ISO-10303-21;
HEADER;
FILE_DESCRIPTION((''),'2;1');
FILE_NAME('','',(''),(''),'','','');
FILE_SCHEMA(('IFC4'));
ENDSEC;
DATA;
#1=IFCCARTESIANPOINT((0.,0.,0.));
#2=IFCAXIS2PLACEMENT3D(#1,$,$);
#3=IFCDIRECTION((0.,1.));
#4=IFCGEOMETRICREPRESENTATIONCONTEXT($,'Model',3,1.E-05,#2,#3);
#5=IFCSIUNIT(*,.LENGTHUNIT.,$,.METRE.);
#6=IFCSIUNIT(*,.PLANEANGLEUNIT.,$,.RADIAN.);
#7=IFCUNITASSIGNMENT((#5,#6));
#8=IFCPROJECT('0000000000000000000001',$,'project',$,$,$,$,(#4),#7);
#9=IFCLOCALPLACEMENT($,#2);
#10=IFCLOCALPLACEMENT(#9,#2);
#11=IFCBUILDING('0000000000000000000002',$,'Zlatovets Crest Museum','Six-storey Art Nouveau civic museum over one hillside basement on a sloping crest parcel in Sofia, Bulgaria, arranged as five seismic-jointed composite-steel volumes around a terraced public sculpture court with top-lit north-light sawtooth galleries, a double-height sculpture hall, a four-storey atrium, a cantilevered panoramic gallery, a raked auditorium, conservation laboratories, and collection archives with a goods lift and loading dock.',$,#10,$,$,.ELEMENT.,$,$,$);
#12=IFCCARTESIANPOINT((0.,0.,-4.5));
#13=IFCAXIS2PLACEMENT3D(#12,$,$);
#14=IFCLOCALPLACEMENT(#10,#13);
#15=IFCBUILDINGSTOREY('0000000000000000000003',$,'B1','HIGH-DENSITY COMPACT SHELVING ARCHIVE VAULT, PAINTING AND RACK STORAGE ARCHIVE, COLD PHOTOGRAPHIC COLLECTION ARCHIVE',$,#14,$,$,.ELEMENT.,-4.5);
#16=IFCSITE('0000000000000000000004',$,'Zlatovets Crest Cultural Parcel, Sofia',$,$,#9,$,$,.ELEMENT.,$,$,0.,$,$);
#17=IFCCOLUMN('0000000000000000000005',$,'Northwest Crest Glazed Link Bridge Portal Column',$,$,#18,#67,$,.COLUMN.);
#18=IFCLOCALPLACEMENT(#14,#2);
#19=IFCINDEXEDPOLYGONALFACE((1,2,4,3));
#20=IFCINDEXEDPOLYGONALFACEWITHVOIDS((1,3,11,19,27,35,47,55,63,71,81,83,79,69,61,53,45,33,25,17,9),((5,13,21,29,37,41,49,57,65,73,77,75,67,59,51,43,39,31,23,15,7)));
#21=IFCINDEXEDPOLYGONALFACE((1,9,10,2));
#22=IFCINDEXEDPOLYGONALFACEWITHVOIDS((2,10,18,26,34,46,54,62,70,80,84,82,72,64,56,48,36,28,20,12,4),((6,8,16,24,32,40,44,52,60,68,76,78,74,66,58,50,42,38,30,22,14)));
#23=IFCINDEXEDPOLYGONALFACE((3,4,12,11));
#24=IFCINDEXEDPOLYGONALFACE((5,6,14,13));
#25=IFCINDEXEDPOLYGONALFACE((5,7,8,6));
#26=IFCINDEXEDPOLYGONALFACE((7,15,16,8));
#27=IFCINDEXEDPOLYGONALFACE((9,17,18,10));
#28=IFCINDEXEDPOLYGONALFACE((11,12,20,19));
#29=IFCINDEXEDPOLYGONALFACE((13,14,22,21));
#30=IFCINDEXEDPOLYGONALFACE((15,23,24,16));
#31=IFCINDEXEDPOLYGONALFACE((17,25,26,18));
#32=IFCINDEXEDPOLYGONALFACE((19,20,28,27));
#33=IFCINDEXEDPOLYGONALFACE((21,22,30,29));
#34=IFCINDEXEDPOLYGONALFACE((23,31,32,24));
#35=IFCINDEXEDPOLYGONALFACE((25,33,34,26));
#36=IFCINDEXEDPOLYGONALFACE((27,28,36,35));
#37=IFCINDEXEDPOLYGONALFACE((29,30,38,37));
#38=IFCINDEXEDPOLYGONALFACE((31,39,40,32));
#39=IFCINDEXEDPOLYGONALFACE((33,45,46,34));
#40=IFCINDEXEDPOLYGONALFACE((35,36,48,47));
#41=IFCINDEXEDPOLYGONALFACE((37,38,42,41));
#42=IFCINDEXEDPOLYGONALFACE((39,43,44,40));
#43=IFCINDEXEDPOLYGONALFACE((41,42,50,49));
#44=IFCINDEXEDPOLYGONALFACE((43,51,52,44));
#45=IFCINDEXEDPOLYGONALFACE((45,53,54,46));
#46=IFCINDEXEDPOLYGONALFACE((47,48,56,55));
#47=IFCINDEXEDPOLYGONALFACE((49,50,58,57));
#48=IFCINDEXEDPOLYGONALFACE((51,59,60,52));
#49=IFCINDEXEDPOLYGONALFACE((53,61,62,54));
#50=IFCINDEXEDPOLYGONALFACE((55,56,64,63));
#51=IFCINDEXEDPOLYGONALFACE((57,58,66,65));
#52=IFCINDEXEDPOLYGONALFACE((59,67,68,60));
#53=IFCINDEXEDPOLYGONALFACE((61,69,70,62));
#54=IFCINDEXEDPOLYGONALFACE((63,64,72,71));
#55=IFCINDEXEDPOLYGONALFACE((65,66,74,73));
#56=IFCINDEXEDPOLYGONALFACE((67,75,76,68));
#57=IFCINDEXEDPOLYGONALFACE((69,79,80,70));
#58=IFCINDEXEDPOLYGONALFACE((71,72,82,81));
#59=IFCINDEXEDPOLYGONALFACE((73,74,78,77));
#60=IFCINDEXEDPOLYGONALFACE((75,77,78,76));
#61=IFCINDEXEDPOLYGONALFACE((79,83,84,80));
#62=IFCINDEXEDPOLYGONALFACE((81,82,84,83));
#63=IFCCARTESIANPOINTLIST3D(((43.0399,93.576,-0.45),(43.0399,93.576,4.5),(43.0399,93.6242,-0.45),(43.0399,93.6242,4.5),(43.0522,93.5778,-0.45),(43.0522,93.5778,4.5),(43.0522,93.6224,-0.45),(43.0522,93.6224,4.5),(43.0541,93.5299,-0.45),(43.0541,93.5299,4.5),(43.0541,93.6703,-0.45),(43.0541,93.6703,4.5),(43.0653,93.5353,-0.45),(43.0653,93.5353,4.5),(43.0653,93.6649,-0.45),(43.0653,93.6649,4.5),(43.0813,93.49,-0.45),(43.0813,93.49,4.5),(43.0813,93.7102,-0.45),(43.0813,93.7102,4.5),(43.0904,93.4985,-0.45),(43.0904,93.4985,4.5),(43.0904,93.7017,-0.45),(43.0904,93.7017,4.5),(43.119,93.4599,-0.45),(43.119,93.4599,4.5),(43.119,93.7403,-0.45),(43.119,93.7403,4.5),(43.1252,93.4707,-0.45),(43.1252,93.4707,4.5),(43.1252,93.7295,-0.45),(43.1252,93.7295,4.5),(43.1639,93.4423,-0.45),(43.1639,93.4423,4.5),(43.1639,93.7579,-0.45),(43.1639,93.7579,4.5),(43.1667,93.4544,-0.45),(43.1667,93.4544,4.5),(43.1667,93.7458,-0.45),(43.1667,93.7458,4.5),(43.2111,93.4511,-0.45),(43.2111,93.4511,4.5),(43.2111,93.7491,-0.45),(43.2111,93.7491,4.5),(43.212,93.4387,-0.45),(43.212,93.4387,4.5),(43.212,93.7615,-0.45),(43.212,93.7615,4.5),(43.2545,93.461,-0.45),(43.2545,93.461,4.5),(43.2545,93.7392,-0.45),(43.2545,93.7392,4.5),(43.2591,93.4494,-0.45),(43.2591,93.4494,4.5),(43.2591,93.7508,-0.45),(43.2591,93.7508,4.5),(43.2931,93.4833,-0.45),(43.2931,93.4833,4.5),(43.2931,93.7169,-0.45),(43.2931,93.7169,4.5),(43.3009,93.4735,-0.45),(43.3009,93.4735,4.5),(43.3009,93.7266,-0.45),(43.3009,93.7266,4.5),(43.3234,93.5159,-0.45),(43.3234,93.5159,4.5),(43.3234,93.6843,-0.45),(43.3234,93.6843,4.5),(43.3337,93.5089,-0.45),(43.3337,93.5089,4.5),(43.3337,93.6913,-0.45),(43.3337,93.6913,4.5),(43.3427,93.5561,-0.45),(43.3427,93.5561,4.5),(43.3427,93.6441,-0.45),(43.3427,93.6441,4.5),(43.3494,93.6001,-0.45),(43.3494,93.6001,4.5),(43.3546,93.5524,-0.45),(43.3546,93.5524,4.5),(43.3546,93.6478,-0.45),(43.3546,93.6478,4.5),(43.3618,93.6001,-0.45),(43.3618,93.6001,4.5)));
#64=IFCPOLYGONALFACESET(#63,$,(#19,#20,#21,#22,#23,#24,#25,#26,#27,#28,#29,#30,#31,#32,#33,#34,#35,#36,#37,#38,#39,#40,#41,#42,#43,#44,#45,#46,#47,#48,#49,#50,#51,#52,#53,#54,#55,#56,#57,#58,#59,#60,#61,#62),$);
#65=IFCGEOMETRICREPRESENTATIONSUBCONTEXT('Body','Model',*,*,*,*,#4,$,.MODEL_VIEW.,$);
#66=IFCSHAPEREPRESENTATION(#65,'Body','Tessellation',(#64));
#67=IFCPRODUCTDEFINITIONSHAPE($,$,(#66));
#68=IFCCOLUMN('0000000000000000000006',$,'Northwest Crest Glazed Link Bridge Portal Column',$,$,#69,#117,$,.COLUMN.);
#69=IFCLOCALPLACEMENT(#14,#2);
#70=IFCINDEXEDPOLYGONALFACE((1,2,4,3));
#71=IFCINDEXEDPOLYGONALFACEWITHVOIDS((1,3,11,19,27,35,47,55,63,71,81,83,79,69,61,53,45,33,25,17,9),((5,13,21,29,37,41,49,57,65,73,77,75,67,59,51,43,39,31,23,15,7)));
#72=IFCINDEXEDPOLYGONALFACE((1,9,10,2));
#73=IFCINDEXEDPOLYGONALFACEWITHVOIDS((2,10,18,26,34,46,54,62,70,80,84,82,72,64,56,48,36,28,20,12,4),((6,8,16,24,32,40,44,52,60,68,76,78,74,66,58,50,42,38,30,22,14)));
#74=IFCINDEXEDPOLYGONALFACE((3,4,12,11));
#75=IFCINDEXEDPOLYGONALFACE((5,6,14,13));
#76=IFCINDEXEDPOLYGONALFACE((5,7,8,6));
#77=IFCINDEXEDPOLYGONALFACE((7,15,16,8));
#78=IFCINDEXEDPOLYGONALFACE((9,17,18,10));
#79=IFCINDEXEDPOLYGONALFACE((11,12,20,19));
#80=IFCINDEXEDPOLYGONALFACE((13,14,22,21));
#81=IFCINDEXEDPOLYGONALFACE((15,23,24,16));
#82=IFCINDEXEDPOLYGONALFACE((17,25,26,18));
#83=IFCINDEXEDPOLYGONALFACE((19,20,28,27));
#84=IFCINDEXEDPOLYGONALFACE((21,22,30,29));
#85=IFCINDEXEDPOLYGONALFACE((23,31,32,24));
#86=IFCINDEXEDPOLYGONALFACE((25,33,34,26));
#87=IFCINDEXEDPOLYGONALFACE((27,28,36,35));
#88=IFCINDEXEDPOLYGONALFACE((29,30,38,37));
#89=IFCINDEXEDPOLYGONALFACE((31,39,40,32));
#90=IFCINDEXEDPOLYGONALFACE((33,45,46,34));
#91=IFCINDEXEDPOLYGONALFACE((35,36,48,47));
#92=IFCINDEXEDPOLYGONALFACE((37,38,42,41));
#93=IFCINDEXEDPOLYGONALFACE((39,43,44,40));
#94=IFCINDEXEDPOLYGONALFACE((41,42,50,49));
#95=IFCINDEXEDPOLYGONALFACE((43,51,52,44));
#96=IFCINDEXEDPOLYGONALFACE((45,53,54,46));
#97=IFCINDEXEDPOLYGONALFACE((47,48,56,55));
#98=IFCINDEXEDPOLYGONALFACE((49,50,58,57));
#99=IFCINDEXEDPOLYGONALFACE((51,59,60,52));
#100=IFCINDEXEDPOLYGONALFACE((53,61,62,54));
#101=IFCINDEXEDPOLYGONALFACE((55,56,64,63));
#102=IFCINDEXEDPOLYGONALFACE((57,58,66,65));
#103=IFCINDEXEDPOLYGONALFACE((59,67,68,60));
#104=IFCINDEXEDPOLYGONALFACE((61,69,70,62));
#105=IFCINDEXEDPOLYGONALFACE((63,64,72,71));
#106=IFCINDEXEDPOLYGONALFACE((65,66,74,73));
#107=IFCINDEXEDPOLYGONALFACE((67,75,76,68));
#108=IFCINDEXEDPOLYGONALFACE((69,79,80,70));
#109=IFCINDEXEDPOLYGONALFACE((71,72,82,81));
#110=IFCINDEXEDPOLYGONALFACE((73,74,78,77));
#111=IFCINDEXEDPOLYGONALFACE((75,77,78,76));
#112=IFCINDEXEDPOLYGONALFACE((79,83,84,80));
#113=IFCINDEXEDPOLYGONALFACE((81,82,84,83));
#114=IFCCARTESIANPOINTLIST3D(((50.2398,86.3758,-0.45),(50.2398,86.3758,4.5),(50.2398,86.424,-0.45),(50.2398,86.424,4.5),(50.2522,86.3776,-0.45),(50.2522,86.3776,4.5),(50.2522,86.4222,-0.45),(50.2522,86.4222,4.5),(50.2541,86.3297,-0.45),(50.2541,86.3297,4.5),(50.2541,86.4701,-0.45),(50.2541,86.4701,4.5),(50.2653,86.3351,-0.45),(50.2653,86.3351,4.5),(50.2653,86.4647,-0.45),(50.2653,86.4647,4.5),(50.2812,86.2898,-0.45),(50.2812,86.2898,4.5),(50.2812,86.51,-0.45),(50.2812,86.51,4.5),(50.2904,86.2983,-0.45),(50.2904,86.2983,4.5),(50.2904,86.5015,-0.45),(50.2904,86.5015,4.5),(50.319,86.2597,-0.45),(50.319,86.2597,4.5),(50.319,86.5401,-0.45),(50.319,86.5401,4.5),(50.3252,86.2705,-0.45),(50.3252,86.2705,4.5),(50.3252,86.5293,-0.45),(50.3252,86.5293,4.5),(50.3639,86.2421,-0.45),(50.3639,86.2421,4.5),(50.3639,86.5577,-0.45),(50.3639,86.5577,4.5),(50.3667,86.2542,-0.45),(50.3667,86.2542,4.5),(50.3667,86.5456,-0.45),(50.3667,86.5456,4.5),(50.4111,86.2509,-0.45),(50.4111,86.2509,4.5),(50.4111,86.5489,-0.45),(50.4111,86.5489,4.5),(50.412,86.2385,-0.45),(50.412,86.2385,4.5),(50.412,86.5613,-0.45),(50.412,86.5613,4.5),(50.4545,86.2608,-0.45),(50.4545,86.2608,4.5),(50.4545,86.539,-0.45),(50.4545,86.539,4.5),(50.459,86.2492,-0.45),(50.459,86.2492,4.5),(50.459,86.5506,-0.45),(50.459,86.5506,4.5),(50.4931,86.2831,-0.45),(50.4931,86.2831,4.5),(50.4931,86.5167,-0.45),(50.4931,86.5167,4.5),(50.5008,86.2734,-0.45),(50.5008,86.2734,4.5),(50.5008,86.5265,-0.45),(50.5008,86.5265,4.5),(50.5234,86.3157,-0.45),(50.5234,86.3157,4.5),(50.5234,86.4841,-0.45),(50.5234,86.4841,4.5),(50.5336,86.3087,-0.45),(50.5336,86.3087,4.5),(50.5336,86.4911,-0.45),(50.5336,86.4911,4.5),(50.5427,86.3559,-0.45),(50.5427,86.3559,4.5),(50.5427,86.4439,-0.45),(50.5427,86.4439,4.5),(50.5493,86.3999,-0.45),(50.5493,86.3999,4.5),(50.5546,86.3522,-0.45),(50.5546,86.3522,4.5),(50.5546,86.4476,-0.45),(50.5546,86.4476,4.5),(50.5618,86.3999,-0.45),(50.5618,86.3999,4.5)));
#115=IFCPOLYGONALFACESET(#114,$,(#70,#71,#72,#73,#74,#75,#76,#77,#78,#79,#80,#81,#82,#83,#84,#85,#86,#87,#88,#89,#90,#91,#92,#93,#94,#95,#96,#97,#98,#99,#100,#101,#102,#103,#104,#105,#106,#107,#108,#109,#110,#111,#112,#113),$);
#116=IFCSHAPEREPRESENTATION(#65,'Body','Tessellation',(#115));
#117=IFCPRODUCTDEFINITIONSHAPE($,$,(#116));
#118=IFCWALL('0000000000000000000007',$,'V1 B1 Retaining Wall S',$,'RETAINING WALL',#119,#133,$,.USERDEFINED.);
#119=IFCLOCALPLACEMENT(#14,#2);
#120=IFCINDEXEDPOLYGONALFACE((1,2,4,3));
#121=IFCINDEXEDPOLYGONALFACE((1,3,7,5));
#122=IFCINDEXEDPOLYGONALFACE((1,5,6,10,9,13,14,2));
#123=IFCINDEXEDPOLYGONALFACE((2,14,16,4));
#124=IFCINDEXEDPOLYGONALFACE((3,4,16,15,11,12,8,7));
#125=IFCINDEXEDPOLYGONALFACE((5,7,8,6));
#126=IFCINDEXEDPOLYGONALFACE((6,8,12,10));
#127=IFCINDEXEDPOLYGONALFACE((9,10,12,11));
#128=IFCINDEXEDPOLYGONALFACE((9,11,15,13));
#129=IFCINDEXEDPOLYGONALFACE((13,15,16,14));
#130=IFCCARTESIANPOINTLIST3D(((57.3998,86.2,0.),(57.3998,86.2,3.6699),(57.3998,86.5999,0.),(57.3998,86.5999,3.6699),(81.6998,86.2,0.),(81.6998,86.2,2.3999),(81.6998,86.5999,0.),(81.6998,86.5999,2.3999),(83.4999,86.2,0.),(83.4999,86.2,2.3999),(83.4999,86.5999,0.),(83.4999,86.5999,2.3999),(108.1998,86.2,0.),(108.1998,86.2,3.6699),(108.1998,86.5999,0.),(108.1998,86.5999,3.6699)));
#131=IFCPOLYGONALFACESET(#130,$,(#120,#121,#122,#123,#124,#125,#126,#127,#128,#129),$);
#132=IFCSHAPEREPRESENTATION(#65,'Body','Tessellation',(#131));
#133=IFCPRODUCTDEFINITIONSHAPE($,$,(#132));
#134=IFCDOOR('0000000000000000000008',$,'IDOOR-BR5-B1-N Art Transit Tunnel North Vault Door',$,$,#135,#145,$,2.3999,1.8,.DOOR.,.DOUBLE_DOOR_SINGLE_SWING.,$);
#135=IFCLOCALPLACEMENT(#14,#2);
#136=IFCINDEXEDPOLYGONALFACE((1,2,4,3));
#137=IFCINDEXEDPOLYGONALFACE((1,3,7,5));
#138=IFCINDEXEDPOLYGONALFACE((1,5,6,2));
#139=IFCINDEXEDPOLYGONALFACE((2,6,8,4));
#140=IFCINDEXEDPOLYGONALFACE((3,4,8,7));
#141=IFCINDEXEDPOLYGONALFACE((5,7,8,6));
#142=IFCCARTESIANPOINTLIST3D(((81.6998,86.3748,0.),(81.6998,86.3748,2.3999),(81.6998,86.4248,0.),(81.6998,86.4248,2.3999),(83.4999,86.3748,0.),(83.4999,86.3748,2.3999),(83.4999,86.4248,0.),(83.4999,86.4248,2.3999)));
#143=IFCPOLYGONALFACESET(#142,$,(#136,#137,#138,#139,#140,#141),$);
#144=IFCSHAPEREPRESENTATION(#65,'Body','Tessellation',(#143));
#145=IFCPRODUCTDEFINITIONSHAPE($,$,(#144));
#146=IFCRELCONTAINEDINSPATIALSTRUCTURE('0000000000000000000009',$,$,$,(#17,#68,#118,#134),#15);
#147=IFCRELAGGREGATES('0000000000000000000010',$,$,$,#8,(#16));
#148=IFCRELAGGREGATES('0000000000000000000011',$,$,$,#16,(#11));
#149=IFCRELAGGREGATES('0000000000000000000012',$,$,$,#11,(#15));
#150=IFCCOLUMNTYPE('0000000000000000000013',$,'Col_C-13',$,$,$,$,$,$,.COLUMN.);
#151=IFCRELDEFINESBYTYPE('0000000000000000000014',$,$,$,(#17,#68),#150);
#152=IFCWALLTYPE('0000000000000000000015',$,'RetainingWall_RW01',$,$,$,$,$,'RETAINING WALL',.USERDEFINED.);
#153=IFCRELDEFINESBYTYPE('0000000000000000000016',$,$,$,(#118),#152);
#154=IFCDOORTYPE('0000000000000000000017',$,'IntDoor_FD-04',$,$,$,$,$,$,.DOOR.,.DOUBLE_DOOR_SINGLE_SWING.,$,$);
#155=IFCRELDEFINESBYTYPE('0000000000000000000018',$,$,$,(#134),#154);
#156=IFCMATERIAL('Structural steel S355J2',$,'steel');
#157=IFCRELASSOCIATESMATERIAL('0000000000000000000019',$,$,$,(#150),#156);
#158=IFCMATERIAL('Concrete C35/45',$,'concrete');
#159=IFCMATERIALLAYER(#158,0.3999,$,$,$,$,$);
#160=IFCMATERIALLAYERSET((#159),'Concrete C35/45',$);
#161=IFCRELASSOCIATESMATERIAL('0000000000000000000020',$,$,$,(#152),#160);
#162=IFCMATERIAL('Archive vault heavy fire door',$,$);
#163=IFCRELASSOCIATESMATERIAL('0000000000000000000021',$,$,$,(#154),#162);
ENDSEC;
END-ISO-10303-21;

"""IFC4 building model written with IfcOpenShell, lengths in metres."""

from ifc_helpers import new_model, si_unit, direction, frame, frame_2d, origin, origin_2d, place, context, subcontext, project, spatial, rectangle, hollow_circle, extrude, material, layer, layer_set, material_profile, profile_set, type_object, element, fill, save


model = new_model("IFC4")

# Units and contexts
model_context = context("Model", 3, precision=1e-05, world=origin(), true_north=direction((0.0, 1.0)))
body_context = subcontext(model_context, "Body", "Model", "MODEL_VIEW")
ifc_project = project(units=[si_unit("LENGTHUNIT", "METRE"), si_unit("PLANEANGLEUNIT", "RADIAN")], contexts=[model_context])

# Site, building, storey
site_placement = place(None, origin())
site = spatial("IfcSite", under=ifc_project, at=site_placement, Name="Zlatovets Crest Cultural Parcel, Sofia", CompositionType="ELEMENT", RefElevation=0.0)
building_placement = place(site_placement, origin())
building = spatial("IfcBuilding", under=site, at=building_placement, Name="Zlatovets Crest Museum", Description="Six-storey Art Nouveau civic museum over one hillside basement on a sloping crest parcel in Sofia, Bulgaria, arranged as five seismic-jointed composite-steel volumes around a terraced public sculpture court with top-lit north-light sawtooth galleries, a double-height sculpture hall, a four-storey atrium, a cantilevered panoramic gallery, a raked auditorium, conservation laboratories, and collection archives with a goods lift and loading dock.", CompositionType="ELEMENT")
storey_placement = place(building_placement, frame((0.0, 0.0, -4.5)))
storey = spatial("IfcBuildingStorey", under=building, at=storey_placement, Name="B1", Description="HIGH-DENSITY COMPACT SHELVING ARCHIVE VAULT, PAINTING AND RACK STORAGE ARCHIVE, COLD PHOTOGRAPHIC COLLECTION ARCHIVE", CompositionType="ELEMENT", Elevation=-4.5)

# Shared definitions
ifc_material_1 = material(Name="Concrete C35/45", Category="concrete")

# Columns
ifc_material_2 = material(Name="Structural steel S355J2", Category="steel")
ifc_material_profile_1 = material_profile(ifc_material_2, hollow_circle(Radius=0.1619, WallThickness=0.0125, at=origin_2d()), Name="CHS 323.9x12.5")
ifc_profile_set_1 = profile_set([ifc_material_profile_1], Name="Structural steel S355J2")
column_type_1 = type_object("IfcColumnType", Name="Col_C-13", PredefinedType="COLUMN", material=ifc_profile_set_1)
for number, where, z_axis, x_axis, name in (
    (1, (43.2, 93.6001, -0.45), (0.0, 0.0, 1.0), (1.0, 0.0, 0.0), "Northwest Crest Glazed Link Bridge Portal Column"),
    (2, (50.3999, 86.3999, -0.45), (0.0, 0.0, 1.0), (1.0, 0.0, 0.0), "Northwest Crest Glazed Link Bridge Portal Column"),
):
    element("IfcColumn", number, at=place(storey_placement, frame(where, z_axis=z_axis, x_axis=x_axis)), inside=storey, type_object=column_type_1, Name=name, PredefinedType="COLUMN", context=body_context, shape_type="SweptSolid", body=[
        extrude(hollow_circle(Radius=0.1619, WallThickness=0.0125, at=origin_2d()), origin(), (0.0, 0.0, 1.0), 4.95),
    ])

# Wall, opening, door
ifc_layer = layer(ifc_material_1, 0.3999)
ifc_layer_set = layer_set([ifc_layer], Name="Concrete C35/45")
wall_type = type_object("IfcWallType", Name="RetainingWall_RW01", ElementType="RETAINING WALL", PredefinedType="USERDEFINED", material=ifc_layer_set)
wall_placement = place(storey_placement, frame((57.3999, 86.3999, 0.0), z_axis=(0.0, 0.0, 1.0), x_axis=(1.0, 0.0, 0.0)))
wall = element("IfcWall", 3, at=wall_placement, inside=storey, type_object=wall_type, Name="V1 B1 Retaining Wall S", ObjectType="RETAINING WALL", PredefinedType="USERDEFINED", context=body_context, shape_type="SweptSolid", body=[
    extrude(rectangle(XDim=50.8, YDim=0.3999, at=frame_2d((25.3999, 0.0))), origin(), (0.0, 0.0, 1.0), 3.6699),
])
opening_placement = place(wall_placement, frame((24.3, 0.0, 0.0)))
opening = element("IfcOpeningElement", 4, at=opening_placement, cuts=wall, PredefinedType="OPENING", context=body_context, shape_type="SweptSolid", body=[
    extrude(rectangle(XDim=1.8, YDim=2.3999, at=frame_2d((0.8999, 1.2))), frame((0.0, 0.21, 0.0), z_axis=(0.0, -1.0, 0.0), x_axis=(1.0, 0.0, 0.0)), (0.0, 0.0, 1.0), 0.4199),
])
ifc_material_3 = material(Name="Archive vault heavy fire door")
door_type = type_object("IfcDoorType", Name="IntDoor_FD-04", OperationType="DOUBLE_DOOR_SINGLE_SWING", PredefinedType="DOOR", material=ifc_material_3)
door_placement = place(opening_placement, origin())
door = element("IfcDoor", 5, at=door_placement, inside=storey, type_object=door_type, Name="IDOOR-BR5-B1-N Art Transit Tunnel North Vault Door", OperationType="DOUBLE_DOOR_SINGLE_SWING", OverallHeight=2.3999, OverallWidth=1.8, PredefinedType="DOOR", context=body_context, shape_type="SweptSolid", body=[
    extrude(rectangle(XDim=1.8, YDim=2.3999, at=frame_2d((0.8999, 1.2))), frame((0.0, 0.0249, 0.0), z_axis=(0.0, -1.0, 0.0), x_axis=(1.0, 0.0, 0.0)), (0.0, 0.0, 1.0), 0.05),
])
fill(opening, door)

save(model, "model.ifc")
